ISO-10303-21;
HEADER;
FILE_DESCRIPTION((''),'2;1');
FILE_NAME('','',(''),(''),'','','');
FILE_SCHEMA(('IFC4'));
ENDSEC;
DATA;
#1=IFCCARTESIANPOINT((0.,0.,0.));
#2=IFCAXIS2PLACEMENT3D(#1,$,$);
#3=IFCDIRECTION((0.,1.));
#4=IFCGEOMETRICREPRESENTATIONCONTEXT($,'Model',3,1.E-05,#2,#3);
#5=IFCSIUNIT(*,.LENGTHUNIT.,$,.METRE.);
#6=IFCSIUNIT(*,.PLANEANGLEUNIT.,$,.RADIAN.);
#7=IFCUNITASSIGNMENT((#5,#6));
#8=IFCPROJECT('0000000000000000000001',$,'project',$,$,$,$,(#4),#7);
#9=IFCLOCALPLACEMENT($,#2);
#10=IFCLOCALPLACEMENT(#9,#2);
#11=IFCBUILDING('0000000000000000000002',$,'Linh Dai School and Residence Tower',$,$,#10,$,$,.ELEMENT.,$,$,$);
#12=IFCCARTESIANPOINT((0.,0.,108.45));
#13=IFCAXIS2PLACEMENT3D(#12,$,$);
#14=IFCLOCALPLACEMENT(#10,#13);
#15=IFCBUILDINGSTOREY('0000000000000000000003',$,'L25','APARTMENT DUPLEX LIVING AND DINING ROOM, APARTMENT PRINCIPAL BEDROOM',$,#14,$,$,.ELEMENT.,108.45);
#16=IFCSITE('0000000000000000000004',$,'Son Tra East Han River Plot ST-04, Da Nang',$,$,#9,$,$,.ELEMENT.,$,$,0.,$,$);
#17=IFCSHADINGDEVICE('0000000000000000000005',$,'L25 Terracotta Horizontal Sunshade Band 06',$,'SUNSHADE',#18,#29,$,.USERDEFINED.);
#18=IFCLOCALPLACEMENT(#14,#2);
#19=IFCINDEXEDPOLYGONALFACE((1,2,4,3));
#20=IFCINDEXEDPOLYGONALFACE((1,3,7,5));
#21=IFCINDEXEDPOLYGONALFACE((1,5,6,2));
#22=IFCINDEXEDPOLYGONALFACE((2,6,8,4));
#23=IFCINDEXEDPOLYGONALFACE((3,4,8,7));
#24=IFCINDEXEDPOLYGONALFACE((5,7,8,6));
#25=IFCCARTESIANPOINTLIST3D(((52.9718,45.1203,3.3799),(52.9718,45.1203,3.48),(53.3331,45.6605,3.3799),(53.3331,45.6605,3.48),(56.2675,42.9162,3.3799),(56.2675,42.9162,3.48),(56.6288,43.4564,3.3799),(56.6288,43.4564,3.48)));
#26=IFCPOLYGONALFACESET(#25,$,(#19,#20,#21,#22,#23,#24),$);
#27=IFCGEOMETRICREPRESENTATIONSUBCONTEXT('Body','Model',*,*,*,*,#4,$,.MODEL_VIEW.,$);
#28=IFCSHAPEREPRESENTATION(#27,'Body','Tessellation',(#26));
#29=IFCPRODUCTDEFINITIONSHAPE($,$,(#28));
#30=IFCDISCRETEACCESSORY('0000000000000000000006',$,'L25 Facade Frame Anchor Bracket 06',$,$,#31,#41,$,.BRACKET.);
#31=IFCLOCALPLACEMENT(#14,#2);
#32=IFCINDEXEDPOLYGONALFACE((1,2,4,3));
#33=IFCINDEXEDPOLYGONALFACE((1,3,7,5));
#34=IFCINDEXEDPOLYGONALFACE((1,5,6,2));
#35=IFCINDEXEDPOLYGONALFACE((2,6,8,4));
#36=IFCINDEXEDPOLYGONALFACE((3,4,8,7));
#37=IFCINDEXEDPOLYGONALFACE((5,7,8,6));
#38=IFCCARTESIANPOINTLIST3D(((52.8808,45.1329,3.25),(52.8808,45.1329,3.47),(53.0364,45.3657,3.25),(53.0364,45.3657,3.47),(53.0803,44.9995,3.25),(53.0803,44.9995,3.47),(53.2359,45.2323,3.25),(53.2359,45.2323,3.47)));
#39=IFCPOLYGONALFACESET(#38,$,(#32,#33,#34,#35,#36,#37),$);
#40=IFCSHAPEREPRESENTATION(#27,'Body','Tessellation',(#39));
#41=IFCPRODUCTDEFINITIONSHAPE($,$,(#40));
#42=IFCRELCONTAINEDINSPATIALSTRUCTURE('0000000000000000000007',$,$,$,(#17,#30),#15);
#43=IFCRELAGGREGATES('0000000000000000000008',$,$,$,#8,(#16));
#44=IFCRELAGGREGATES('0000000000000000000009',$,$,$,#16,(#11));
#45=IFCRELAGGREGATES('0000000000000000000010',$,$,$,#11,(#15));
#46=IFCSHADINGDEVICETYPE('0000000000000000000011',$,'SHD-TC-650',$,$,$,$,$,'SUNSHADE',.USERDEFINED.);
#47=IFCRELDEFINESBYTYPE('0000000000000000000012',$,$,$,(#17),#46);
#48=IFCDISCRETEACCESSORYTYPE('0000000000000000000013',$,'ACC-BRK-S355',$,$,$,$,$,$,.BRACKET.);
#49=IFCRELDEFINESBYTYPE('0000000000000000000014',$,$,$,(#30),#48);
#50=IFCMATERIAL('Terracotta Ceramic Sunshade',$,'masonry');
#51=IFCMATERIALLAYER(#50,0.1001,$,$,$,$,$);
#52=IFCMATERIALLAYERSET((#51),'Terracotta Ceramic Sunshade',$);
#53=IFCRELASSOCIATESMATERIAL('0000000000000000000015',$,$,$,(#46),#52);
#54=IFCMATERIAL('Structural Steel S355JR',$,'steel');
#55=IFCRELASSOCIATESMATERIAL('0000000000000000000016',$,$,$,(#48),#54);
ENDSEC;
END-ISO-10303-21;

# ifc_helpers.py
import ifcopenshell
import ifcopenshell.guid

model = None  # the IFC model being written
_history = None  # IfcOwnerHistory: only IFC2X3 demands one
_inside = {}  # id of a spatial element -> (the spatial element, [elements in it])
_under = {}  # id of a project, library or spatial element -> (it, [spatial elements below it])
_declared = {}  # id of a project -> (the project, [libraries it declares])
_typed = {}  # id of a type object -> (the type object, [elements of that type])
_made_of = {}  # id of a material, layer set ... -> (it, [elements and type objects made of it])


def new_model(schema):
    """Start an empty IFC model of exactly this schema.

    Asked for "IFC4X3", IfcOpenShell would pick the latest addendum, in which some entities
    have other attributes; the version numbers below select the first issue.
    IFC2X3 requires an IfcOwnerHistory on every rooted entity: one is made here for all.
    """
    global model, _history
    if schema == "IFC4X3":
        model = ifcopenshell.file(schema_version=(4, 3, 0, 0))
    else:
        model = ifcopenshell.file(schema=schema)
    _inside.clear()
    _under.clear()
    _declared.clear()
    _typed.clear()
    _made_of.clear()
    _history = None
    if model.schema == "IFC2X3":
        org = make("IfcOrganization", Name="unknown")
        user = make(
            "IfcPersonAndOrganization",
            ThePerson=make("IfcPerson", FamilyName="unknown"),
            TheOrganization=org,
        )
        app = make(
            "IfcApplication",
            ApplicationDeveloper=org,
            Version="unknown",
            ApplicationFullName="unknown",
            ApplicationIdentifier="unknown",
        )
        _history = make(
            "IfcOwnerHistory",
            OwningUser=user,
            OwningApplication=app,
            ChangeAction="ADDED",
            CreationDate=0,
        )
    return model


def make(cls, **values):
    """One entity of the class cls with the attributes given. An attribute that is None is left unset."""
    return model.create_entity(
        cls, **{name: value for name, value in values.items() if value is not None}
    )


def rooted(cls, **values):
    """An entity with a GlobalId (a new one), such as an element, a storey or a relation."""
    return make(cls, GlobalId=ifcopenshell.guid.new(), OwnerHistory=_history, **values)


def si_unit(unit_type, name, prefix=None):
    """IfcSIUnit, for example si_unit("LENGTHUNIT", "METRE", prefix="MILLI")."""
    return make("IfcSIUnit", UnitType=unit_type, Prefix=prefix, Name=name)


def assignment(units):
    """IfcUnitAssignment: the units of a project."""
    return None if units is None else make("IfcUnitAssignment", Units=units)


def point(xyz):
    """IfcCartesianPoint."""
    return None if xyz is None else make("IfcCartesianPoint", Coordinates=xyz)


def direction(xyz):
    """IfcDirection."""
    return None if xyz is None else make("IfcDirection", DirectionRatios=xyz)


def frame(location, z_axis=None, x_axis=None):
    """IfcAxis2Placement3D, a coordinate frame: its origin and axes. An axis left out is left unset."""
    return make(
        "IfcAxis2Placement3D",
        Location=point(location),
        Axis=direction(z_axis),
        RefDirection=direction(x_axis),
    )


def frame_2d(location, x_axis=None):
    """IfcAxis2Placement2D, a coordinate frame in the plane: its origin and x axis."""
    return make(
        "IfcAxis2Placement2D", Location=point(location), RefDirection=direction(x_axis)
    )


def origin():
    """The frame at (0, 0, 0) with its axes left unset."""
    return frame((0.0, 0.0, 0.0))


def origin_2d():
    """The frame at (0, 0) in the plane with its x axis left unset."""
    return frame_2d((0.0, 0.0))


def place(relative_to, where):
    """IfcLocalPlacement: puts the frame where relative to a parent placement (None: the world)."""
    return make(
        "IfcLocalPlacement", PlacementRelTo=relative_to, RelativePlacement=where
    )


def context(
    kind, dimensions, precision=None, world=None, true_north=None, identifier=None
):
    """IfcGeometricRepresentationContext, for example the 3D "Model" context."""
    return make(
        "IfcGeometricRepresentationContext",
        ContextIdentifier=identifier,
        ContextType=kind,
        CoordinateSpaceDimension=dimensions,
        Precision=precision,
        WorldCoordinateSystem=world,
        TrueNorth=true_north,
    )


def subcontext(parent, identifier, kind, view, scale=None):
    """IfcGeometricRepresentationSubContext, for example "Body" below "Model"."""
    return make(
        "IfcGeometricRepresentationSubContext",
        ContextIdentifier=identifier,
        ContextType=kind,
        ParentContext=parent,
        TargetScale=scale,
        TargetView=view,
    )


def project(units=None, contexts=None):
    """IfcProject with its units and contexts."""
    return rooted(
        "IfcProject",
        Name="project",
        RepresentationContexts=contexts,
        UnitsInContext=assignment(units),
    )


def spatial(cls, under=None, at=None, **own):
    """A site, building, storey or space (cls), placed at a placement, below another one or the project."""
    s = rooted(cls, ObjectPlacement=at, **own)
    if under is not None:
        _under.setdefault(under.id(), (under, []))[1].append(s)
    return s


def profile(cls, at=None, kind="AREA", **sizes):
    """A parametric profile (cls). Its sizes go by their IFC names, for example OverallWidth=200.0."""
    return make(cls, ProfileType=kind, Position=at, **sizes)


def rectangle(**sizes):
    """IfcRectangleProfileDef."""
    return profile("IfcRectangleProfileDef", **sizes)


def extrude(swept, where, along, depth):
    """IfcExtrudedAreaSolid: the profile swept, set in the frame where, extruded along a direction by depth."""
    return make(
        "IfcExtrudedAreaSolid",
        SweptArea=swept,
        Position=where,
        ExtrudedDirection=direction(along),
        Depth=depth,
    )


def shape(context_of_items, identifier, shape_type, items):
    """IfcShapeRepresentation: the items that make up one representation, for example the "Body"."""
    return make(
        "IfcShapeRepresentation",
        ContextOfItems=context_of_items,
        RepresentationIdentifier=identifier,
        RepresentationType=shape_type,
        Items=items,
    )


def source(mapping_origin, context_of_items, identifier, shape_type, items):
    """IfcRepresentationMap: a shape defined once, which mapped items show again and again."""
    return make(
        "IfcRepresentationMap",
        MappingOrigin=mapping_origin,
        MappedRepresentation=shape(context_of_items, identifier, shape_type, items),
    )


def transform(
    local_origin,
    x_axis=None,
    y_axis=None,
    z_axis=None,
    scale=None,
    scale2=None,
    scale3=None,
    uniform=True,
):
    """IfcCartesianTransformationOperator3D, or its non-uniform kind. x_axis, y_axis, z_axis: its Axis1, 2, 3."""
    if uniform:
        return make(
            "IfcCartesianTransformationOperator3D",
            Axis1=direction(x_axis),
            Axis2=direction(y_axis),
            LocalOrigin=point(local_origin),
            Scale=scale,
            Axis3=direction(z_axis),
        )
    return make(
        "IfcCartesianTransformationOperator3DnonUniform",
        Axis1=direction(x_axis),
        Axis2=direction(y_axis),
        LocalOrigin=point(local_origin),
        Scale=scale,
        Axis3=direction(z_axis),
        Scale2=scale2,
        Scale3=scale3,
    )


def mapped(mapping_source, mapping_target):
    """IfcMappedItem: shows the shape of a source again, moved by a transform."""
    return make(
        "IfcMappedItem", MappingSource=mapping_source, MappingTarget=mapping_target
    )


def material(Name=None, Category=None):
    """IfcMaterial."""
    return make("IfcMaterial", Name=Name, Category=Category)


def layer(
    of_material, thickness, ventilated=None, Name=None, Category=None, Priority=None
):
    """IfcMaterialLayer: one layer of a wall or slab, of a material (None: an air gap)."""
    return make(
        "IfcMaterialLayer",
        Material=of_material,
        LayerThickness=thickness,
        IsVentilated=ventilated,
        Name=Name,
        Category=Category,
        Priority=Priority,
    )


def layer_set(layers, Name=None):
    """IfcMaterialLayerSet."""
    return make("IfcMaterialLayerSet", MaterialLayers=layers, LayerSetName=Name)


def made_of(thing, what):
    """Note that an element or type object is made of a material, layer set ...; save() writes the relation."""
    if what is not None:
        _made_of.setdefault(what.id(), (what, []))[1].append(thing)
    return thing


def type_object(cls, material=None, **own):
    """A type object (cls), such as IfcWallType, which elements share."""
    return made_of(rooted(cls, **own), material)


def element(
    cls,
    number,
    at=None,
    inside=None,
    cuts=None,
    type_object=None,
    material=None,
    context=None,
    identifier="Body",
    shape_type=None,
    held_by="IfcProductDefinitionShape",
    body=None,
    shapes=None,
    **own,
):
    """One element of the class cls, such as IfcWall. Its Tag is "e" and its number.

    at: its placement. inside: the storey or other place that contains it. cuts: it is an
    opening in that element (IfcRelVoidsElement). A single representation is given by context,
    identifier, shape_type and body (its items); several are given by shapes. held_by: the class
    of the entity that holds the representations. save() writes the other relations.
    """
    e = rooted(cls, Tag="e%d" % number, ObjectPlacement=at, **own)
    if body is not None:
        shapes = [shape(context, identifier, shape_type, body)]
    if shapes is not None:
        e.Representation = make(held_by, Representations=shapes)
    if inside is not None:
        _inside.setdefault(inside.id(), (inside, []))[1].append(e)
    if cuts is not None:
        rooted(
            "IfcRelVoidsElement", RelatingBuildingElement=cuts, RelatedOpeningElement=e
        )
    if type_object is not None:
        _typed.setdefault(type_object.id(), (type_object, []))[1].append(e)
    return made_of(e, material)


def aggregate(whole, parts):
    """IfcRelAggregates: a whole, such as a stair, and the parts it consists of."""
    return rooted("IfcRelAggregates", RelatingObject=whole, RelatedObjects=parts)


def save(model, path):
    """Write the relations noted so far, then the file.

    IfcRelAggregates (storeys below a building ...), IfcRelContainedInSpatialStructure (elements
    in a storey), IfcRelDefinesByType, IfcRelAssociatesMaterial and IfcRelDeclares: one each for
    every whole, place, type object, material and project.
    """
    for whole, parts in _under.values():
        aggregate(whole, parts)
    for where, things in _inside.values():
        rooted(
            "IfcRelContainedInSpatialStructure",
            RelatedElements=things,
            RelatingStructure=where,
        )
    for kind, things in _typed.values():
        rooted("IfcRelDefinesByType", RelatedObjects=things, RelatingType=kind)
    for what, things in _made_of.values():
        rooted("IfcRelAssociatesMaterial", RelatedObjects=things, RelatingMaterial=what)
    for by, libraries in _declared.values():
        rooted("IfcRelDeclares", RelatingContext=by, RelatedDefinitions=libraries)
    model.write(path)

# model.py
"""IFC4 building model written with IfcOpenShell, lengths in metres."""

from ifc_helpers import new_model, si_unit, direction, frame, origin, origin_2d, place, context, subcontext, project, spatial, rectangle, extrude, source, transform, mapped, material, layer, layer_set, type_object, element, save


model = new_model("IFC4")

# Units and contexts
model_context = context("Model", 3, precision=1e-05, world=origin(), true_north=direction((0.0, 1.0)))
body_context = subcontext(model_context, "Body", "Model", "MODEL_VIEW")
ifc_project = project(units=[si_unit("LENGTHUNIT", "METRE"), si_unit("PLANEANGLEUNIT", "RADIAN")], contexts=[model_context])

# Site, building, storey
site_placement = place(None, origin())
site = spatial("IfcSite", under=ifc_project, at=site_placement, Name="Son Tra East Han River Plot ST-04, Da Nang", CompositionType="ELEMENT", RefElevation=0.0)
building_placement = place(site_placement, origin())
building = spatial("IfcBuilding", under=site, at=building_placement, Name="Linh Dai School and Residence Tower", CompositionType="ELEMENT")
storey_placement = place(building_placement, frame((0.0, 0.0, 108.45)))
storey = spatial("IfcBuildingStorey", under=building, at=storey_placement, Name="L25", Description="APARTMENT DUPLEX LIVING AND DINING ROOM, APARTMENT PRINCIPAL BEDROOM", CompositionType="ELEMENT", Elevation=108.45)

# Shared definitions
ifc_material_1 = material(Name="Structural Steel S355JR", Category="steel")

# Shading device
ifc_material_2 = material(Name="Terracotta Ceramic Sunshade", Category="masonry")
ifc_layer_1 = layer(ifc_material_2, 0.1001)
ifc_layer_set_1 = layer_set([ifc_layer_1], Name="Terracotta Ceramic Sunshade")
shading_device_type = type_object("IfcShadingDeviceType", Name="SHD-TC-650", ElementType="SUNSHADE", PredefinedType="USERDEFINED", material=ifc_layer_set_1)
shared_shape_1 = source(origin(), body_context, "Body", "SweptSolid", [
    extrude(rectangle(XDim=3.9648, YDim=0.6499, at=origin_2d()), origin(), (0.0, 0.0, 1.0), 0.1001),
])
shading_device_placement = place(storey_placement, frame((54.8003, 44.2883, 3.3799), z_axis=(0.0, 0.0, 1.0), x_axis=(0.83124, -0.555913, 0.0)))
element("IfcShadingDevice", 1, at=shading_device_placement, inside=storey, type_object=shading_device_type, Name="L25 Terracotta Horizontal Sunshade Band 06", ObjectType="SUNSHADE", PredefinedType="USERDEFINED", context=body_context, shape_type="MappedRepresentation", body=[
    mapped(shared_shape_1, transform((0.0, 0.0, 0.0), x_axis=(1.0, 0.0, 0.0), y_axis=(0.0, 1.0, 0.0), z_axis=(0.0, 0.0, 1.0), scale=1.0)),
])

# Discrete accessory
discrete_accessory_type = type_object("IfcDiscreteAccessoryType", Name="ACC-BRK-S355", PredefinedType="BRACKET", material=ifc_material_1)
shared_shape_2 = source(origin(), body_context, "Body", "SweptSolid", [
    extrude(rectangle(XDim=0.28, YDim=0.24, at=origin_2d()), origin(), (0.0, 0.0, 1.0), 0.22),
])
discrete_accessory_placement = place(storey_placement, frame((53.0583, 45.1826, 3.25), z_axis=(0.0, 0.0, 1.0), x_axis=(0.555913, 0.83124, 0.0)))
element("IfcDiscreteAccessory", 2, at=discrete_accessory_placement, inside=storey, type_object=discrete_accessory_type, Name="L25 Facade Frame Anchor Bracket 06", PredefinedType="BRACKET", context=body_context, shape_type="MappedRepresentation", body=[
    mapped(shared_shape_2, transform((0.0, 0.0, 0.0), x_axis=(1.0, 0.0, 0.0), y_axis=(0.0, 1.0, 0.0), z_axis=(0.0, 0.0, 1.0), scale=1.0)),
])

save(model, "model.ifc")
